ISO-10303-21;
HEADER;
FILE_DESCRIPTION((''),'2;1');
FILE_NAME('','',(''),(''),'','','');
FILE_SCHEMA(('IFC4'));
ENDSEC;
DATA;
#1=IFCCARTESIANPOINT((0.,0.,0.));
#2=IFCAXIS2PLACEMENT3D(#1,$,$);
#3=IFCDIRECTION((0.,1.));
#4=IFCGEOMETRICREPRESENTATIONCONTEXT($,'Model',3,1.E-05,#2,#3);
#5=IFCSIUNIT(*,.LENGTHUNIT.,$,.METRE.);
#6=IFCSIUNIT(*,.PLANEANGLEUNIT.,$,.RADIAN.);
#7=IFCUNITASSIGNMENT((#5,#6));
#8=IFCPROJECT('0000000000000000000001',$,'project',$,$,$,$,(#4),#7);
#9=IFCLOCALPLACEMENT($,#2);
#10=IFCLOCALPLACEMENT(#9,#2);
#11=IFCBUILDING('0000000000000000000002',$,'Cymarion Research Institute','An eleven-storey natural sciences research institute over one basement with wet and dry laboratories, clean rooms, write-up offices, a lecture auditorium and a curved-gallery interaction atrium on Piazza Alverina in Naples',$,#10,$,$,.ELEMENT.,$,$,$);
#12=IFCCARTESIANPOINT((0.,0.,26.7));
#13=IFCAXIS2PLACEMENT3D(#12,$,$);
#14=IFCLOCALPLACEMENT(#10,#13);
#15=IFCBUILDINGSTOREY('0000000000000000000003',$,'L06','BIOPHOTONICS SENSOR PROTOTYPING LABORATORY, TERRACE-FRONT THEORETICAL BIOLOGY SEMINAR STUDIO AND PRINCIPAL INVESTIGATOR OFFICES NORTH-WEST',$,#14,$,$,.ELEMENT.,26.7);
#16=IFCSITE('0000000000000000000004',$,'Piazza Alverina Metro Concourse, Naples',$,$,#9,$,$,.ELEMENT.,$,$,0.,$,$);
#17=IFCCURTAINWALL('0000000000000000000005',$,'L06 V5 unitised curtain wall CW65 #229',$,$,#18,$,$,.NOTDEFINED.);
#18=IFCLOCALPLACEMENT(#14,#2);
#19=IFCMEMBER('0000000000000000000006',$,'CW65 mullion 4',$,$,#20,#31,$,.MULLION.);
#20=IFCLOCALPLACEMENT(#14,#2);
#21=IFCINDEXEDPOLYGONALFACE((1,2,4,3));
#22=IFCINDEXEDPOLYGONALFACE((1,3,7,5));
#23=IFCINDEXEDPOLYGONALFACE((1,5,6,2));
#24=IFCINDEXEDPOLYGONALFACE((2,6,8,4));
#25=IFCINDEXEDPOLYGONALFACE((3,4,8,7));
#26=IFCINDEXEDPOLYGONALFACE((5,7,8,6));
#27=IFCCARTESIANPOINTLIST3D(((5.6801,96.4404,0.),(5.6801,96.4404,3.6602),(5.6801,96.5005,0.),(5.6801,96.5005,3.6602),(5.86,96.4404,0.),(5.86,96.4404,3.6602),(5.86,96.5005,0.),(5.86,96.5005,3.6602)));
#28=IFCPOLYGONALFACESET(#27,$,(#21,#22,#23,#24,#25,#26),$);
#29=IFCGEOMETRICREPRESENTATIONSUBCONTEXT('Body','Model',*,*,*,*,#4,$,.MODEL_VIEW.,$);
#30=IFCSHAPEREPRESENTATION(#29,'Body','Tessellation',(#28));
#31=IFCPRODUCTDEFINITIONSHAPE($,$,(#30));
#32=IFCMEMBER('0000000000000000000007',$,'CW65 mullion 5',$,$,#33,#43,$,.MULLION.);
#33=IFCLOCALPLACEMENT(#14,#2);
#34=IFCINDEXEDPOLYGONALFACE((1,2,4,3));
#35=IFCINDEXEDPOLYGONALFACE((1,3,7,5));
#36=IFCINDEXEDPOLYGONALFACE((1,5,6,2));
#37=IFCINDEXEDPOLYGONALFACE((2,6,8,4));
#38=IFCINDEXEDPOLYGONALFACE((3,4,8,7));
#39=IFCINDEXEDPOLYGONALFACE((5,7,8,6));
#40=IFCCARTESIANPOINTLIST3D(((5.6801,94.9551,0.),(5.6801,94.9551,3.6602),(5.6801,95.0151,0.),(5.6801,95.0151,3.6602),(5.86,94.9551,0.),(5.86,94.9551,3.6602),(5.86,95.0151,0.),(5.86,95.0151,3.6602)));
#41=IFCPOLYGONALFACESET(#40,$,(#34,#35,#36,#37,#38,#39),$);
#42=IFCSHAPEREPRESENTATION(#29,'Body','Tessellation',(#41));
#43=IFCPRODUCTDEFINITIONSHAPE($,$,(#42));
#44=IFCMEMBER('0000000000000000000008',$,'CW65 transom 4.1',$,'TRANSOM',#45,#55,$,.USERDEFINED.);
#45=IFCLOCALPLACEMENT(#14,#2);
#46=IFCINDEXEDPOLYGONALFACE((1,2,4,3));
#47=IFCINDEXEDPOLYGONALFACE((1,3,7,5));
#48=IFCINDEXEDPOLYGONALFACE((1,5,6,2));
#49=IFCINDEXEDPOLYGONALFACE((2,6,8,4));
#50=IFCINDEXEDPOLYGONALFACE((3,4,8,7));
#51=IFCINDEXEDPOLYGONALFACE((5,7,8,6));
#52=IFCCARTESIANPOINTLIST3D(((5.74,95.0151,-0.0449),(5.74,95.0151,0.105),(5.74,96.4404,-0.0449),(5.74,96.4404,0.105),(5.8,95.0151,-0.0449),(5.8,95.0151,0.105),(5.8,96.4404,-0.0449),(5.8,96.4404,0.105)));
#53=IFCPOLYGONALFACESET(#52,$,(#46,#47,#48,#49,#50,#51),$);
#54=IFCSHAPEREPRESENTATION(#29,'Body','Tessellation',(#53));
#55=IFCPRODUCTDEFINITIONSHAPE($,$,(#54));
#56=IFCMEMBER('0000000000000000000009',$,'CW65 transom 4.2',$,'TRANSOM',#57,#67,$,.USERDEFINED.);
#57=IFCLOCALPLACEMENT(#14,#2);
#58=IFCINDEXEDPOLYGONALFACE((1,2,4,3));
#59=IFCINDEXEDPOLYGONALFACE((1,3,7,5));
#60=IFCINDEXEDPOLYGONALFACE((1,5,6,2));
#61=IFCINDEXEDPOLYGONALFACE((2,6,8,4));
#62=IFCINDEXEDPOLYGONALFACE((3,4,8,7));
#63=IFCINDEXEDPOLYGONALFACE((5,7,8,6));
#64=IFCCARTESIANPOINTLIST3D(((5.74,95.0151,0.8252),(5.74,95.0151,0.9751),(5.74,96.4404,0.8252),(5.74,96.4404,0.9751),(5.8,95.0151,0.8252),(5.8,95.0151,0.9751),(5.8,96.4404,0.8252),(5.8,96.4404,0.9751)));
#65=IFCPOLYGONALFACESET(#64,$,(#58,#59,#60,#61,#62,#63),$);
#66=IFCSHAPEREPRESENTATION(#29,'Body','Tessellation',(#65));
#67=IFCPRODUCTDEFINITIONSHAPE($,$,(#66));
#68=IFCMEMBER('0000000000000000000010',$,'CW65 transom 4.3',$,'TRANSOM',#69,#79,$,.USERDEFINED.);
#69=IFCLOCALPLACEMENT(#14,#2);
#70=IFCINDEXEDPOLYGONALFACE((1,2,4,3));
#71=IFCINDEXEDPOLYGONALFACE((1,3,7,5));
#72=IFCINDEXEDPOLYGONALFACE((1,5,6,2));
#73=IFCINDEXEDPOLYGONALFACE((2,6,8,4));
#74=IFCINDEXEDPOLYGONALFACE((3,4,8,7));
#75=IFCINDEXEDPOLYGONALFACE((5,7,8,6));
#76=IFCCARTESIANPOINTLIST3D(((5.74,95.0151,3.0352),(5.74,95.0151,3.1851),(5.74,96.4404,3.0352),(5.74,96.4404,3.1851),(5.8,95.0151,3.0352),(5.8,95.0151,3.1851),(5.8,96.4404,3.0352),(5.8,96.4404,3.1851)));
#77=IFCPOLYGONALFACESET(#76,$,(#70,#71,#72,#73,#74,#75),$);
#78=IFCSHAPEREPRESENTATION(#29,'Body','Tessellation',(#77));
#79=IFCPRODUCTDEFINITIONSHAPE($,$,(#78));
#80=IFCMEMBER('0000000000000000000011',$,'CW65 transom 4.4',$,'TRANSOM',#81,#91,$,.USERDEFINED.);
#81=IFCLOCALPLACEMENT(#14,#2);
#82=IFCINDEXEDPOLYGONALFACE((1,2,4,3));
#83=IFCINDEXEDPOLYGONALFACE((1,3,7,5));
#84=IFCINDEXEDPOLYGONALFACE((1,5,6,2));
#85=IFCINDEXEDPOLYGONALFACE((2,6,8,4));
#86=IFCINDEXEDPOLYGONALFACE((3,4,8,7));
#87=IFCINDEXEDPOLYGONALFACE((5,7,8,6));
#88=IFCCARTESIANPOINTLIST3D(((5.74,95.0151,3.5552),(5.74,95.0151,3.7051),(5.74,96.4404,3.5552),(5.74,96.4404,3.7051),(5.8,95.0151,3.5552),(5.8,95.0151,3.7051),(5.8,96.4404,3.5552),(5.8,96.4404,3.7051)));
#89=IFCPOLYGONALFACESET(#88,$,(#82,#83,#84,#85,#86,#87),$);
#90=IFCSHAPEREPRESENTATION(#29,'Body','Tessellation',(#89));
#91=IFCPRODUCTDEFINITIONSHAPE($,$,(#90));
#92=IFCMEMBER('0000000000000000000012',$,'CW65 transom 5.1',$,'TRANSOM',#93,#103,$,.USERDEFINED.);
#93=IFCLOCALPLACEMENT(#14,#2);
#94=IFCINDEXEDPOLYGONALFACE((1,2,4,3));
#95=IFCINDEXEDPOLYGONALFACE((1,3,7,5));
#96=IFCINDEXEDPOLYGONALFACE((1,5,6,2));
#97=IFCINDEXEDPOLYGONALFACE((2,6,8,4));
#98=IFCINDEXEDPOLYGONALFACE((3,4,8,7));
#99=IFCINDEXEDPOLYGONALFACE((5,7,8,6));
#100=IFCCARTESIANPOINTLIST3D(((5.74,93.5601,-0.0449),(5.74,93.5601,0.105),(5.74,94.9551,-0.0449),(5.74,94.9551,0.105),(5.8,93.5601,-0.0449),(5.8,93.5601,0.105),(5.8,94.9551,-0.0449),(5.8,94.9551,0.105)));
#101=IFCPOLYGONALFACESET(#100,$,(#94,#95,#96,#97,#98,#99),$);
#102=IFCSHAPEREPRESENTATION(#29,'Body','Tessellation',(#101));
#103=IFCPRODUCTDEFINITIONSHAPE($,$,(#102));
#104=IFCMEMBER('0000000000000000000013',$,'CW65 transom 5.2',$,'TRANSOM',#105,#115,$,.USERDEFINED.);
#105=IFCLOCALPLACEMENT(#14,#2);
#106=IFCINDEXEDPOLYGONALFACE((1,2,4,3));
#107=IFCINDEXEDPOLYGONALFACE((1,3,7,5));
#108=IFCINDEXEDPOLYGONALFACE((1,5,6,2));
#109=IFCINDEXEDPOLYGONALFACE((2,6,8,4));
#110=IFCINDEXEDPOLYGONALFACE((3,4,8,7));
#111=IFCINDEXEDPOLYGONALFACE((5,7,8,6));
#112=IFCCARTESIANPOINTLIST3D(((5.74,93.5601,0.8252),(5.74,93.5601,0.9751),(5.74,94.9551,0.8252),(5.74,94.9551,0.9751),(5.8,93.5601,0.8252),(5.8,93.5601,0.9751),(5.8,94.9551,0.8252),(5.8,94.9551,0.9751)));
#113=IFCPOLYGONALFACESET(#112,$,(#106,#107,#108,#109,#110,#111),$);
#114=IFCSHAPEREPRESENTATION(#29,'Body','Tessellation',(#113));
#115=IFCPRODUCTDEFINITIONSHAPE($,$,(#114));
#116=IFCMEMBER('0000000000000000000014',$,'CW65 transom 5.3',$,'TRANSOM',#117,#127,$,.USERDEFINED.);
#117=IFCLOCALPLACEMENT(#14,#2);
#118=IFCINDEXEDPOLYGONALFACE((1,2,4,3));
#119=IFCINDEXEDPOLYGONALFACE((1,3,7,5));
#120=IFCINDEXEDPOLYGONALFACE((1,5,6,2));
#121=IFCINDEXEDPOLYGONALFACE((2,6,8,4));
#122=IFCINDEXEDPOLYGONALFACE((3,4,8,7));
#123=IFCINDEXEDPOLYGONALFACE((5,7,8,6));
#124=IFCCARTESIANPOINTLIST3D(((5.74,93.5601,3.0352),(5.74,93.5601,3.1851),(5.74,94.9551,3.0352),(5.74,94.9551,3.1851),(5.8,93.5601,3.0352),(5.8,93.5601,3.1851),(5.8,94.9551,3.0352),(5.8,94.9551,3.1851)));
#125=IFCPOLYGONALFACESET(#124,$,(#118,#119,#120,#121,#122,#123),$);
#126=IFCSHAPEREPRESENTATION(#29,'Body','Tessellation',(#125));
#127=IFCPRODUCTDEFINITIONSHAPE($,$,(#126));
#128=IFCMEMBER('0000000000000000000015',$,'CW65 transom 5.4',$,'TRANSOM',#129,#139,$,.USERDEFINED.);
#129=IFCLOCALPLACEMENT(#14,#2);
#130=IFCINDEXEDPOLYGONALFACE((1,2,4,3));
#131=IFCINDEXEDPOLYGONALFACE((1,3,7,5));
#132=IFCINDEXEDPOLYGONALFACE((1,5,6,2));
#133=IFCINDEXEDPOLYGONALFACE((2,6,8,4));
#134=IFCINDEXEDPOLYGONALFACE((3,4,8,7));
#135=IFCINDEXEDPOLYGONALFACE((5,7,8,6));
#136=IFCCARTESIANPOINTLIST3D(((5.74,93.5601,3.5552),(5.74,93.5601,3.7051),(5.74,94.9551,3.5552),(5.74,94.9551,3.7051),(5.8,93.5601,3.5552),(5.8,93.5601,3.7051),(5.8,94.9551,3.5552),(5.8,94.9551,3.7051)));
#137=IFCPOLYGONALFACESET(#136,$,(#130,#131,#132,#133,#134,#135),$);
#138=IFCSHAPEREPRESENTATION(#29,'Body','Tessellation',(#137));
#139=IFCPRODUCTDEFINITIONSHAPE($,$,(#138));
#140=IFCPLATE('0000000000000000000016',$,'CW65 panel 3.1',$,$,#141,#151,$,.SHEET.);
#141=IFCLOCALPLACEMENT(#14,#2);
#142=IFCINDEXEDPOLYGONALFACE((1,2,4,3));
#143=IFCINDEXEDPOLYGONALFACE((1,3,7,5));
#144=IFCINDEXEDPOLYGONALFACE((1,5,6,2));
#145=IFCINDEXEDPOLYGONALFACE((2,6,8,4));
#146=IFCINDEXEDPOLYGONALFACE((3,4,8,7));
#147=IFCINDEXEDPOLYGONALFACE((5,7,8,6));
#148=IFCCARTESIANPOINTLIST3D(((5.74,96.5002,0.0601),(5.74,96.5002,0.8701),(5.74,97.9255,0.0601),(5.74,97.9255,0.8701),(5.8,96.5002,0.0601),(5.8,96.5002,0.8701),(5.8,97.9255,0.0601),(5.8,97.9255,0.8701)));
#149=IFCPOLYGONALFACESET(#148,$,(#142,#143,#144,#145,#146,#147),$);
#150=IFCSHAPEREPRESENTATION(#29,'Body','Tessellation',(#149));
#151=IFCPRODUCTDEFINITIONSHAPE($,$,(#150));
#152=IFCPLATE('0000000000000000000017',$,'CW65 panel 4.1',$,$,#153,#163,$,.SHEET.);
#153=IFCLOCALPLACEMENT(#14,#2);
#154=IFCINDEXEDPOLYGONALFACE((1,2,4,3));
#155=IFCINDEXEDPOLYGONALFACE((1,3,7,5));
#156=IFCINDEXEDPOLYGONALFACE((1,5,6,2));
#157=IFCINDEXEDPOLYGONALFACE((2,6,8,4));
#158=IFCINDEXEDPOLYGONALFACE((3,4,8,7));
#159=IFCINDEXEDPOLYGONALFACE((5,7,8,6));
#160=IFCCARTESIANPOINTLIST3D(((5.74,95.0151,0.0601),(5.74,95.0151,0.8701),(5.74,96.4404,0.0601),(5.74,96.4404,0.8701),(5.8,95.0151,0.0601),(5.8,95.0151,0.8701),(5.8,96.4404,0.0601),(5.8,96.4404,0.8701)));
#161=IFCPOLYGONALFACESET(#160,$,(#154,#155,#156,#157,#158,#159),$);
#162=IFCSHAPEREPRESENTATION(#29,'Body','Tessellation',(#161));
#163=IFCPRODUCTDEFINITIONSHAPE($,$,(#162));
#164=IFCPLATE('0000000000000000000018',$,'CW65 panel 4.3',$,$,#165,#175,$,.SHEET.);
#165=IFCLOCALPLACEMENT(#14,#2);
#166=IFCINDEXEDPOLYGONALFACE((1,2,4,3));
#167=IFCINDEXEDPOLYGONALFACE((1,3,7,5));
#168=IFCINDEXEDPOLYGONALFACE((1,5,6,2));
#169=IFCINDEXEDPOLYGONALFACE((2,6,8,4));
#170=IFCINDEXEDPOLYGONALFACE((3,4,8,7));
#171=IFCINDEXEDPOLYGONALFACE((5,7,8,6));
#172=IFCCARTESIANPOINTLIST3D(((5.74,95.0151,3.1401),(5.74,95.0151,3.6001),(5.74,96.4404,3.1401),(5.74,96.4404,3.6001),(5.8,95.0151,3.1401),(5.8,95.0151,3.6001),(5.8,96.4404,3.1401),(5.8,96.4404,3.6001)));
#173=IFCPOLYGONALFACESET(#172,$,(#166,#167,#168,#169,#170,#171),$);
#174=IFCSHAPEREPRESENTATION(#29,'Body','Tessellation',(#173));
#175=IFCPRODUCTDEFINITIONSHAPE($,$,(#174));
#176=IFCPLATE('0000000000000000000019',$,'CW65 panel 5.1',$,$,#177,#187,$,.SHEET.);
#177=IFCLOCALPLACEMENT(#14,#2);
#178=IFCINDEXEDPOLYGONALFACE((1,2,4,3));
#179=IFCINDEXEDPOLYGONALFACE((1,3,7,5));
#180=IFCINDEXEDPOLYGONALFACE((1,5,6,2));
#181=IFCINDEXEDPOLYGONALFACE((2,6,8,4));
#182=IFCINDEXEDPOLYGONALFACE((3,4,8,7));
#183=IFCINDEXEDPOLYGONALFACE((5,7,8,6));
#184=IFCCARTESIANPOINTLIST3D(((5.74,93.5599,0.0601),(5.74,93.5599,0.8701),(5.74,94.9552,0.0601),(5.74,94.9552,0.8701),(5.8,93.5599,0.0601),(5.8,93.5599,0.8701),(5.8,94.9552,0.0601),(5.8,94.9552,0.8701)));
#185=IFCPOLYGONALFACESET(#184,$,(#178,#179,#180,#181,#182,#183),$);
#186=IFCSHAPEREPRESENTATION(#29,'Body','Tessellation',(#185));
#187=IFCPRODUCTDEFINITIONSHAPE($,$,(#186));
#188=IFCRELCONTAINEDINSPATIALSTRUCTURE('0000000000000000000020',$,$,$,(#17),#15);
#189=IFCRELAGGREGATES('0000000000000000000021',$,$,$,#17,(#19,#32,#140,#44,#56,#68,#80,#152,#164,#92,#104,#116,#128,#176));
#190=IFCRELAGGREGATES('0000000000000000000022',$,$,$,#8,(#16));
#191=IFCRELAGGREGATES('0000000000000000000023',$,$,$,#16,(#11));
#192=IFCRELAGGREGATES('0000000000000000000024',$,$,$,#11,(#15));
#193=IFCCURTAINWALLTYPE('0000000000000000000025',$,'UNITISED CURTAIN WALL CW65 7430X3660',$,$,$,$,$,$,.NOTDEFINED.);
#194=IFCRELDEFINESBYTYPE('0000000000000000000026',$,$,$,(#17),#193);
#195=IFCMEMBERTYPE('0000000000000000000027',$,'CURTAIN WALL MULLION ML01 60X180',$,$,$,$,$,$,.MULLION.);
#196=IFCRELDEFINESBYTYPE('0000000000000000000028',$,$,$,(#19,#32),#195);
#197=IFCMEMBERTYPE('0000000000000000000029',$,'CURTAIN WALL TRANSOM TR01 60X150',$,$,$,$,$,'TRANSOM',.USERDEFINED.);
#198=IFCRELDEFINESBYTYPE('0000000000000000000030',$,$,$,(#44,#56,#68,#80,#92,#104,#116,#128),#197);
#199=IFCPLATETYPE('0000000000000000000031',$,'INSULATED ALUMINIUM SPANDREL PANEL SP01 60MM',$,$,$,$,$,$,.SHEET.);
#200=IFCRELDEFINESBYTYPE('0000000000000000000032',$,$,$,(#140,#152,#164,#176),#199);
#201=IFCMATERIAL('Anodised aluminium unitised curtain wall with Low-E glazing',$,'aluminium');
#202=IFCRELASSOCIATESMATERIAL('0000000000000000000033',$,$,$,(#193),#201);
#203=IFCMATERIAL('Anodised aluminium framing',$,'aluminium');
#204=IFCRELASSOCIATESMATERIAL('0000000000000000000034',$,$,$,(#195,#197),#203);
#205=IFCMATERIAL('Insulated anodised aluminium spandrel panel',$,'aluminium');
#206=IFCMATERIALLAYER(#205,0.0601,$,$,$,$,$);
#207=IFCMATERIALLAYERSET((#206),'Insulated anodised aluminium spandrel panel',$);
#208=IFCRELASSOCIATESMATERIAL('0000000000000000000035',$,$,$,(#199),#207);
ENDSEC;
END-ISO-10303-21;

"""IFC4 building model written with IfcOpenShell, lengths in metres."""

from ifc_helpers import new_model, si_unit, direction, frame, origin, origin_2d, place, context, subcontext, project, spatial, rectangle, extrude, material, layer, layer_set, material_profile, profile_set, type_object, element, aggregate, save


model = new_model("IFC4")

# Units and contexts
model_context = context("Model", 3, precision=1e-05, world=origin(), true_north=direction((0.0, 1.0)))
body_context = subcontext(model_context, "Body", "Model", "MODEL_VIEW")
ifc_project = project(units=[si_unit("LENGTHUNIT", "METRE"), si_unit("PLANEANGLEUNIT", "RADIAN")], contexts=[model_context])

# Site, building, storey
site_placement = place(None, origin())
site = spatial("IfcSite", under=ifc_project, at=site_placement, Name="Piazza Alverina Metro Concourse, Naples", CompositionType="ELEMENT", RefElevation=0.0)
building_placement = place(site_placement, origin())
building = spatial("IfcBuilding", under=site, at=building_placement, Name="Cymarion Research Institute", Description="An eleven-storey natural sciences research institute over one basement with wet and dry laboratories, clean rooms, write-up offices, a lecture auditorium and a curved-gallery interaction atrium on Piazza Alverina in Naples", CompositionType="ELEMENT")
storey_placement = place(building_placement, frame((0.0, 0.0, 26.7)))
storey = spatial("IfcBuildingStorey", under=building, at=storey_placement, Name="L06", Description="BIOPHOTONICS SENSOR PROTOTYPING LABORATORY, TERRACE-FRONT THEORETICAL BIOLOGY SEMINAR STUDIO AND PRINCIPAL INVESTIGATOR OFFICES NORTH-WEST", CompositionType="ELEMENT", Elevation=26.7)

# Curtain wall, members, plates
ifc_material_1 = material(Name="Anodised aluminium unitised curtain wall with Low-E glazing", Category="aluminium")
curtain_wall_type = type_object("IfcCurtainWallType", Name="UNITISED CURTAIN WALL CW65 7430X3660", PredefinedType="NOTDEFINED", material=ifc_material_1)
curtain_wall_placement = place(storey_placement, origin())
curtain_wall = element("IfcCurtainWall", 1, at=curtain_wall_placement, inside=storey, type_object=curtain_wall_type, Name="L06 V5 unitised curtain wall CW65 #229", PredefinedType="NOTDEFINED")
ifc_material_2 = material(Name="Anodised aluminium framing", Category="aluminium")
ifc_material_profile_1 = material_profile(ifc_material_2, rectangle(XDim=0.0601, YDim=0.1799, at=origin_2d()), Name="ALU MULLION 60x180")
ifc_profile_set_1 = profile_set([ifc_material_profile_1], Name="Anodised aluminium framing")
member_type_1 = type_object("IfcMemberType", Name="CURTAIN WALL MULLION ML01 60X180", PredefinedType="MULLION", material=ifc_profile_set_1)
member_1_placement = place(storey_placement, frame((5.77, 96.4705, 0.0), z_axis=(0.0, 0.0, 1.0), x_axis=(0.0, -1.0, 0.0)))
member_1 = element("IfcMember", 2, at=member_1_placement, type_object=member_type_1, Name="CW65 mullion 4", PredefinedType="MULLION", context=body_context, shape_type="SweptSolid", body=[
    extrude(rectangle(XDim=0.0601, YDim=0.1799, at=origin_2d()), origin(), (0.0, 0.0, 1.0), 3.6602),
])
member_2_placement = place(storey_placement, frame((5.77, 94.9851, 0.0), z_axis=(0.0, 0.0, 1.0), x_axis=(0.0, -1.0, 0.0)))
member_2 = element("IfcMember", 3, at=member_2_placement, type_object=member_type_1, Name="CW65 mullion 5", PredefinedType="MULLION", context=body_context, shape_type="SweptSolid", body=[
    extrude(rectangle(XDim=0.0601, YDim=0.1799, at=origin_2d()), origin(), (0.0, 0.0, 1.0), 3.6602),
])
ifc_material_profile_2 = material_profile(ifc_material_2, rectangle(XDim=0.0601, YDim=0.1499, at=origin_2d()), Name="ALU TRANSOM 60x150")
ifc_profile_set_2 = profile_set([ifc_material_profile_2], Name="Anodised aluminium framing")
member_type_2 = type_object("IfcMemberType", Name="CURTAIN WALL TRANSOM TR01 60X150", ElementType="TRANSOM", PredefinedType="USERDEFINED", material=ifc_profile_set_2)
member_3_placement = place(storey_placement, frame((5.77, 96.4404, 0.03), z_axis=(0.0, -1.0, 0.0), x_axis=(1.0, 0.0, 0.0)))
member_3 = element("IfcMember", 4, at=member_3_placement, type_object=member_type_2, Name="CW65 transom 4.1", ObjectType="TRANSOM", PredefinedType="USERDEFINED", context=body_context, shape_type="SweptSolid", body=[
    extrude(rectangle(XDim=0.0601, YDim=0.1499, at=origin_2d()), origin(), (0.0, 0.0, 1.0), 1.4253),
])
member_4_placement = place(storey_placement, frame((5.77, 96.4404, 0.9001), z_axis=(0.0, -1.0, 0.0), x_axis=(1.0, 0.0, 0.0)))
member_4 = element("IfcMember", 5, at=member_4_placement, type_object=member_type_2, Name="CW65 transom 4.2", ObjectType="TRANSOM", PredefinedType="USERDEFINED", context=body_context, shape_type="SweptSolid", body=[
    extrude(rectangle(XDim=0.0601, YDim=0.1499, at=origin_2d()), origin(), (0.0, 0.0, 1.0), 1.4253),
])
member_5_placement = place(storey_placement, frame((5.77, 96.4404, 3.1101), z_axis=(0.0, -1.0, 0.0), x_axis=(1.0, 0.0, 0.0)))
member_5 = element("IfcMember", 6, at=member_5_placement, type_object=member_type_2, Name="CW65 transom 4.3", ObjectType="TRANSOM", PredefinedType="USERDEFINED", context=body_context, shape_type="SweptSolid", body=[
    extrude(rectangle(XDim=0.0601, YDim=0.1499, at=origin_2d()), origin(), (0.0, 0.0, 1.0), 1.4253),
])
member_6_placement = place(storey_placement, frame((5.77, 96.4404, 3.6301), z_axis=(0.0, -1.0, 0.0), x_axis=(1.0, 0.0, 0.0)))
member_6 = element("IfcMember", 7, at=member_6_placement, type_object=member_type_2, Name="CW65 transom 4.4", ObjectType="TRANSOM", PredefinedType="USERDEFINED", context=body_context, shape_type="SweptSolid", body=[
    extrude(rectangle(XDim=0.0601, YDim=0.1499, at=origin_2d()), origin(), (0.0, 0.0, 1.0), 1.4253),
])
member_7_placement = place(storey_placement, frame((5.77, 94.9551, 0.03), z_axis=(0.0, -1.0, 0.0), x_axis=(1.0, 0.0, 0.0)))
member_7 = element("IfcMember", 8, at=member_7_placement, type_object=member_type_2, Name="CW65 transom 5.1", ObjectType="TRANSOM", PredefinedType="USERDEFINED", context=body_context, shape_type="SweptSolid", body=[
    extrude(rectangle(XDim=0.0601, YDim=0.1499, at=origin_2d()), origin(), (0.0, 0.0, 1.0), 1.395),
])
member_8_placement = place(storey_placement, frame((5.77, 94.9551, 0.9001), z_axis=(0.0, -1.0, 0.0), x_axis=(1.0, 0.0, 0.0)))
member_8 = element("IfcMember", 9, at=member_8_placement, type_object=member_type_2, Name="CW65 transom 5.2", ObjectType="TRANSOM", PredefinedType="USERDEFINED", context=body_context, shape_type="SweptSolid", body=[
    extrude(rectangle(XDim=0.0601, YDim=0.1499, at=origin_2d()), origin(), (0.0, 0.0, 1.0), 1.395),
])
member_9_placement = place(storey_placement, frame((5.77, 94.9551, 3.1101), z_axis=(0.0, -1.0, 0.0), x_axis=(1.0, 0.0, 0.0)))
member_9 = element("IfcMember", 10, at=member_9_placement, type_object=member_type_2, Name="CW65 transom 5.3", ObjectType="TRANSOM", PredefinedType="USERDEFINED", context=body_context, shape_type="SweptSolid", body=[
    extrude(rectangle(XDim=0.0601, YDim=0.1499, at=origin_2d()), origin(), (0.0, 0.0, 1.0), 1.395),
])
member_10_placement = place(storey_placement, frame((5.77, 94.9551, 3.6301), z_axis=(0.0, -1.0, 0.0), x_axis=(1.0, 0.0, 0.0)))
member_10 = element("IfcMember", 11, at=member_10_placement, type_object=member_type_2, Name="CW65 transom 5.4", ObjectType="TRANSOM", PredefinedType="USERDEFINED", context=body_context, shape_type="SweptSolid", body=[
    extrude(rectangle(XDim=0.0601, YDim=0.1499, at=origin_2d()), origin(), (0.0, 0.0, 1.0), 1.395),
])
ifc_material_3 = material(Name="Insulated anodised aluminium spandrel panel", Category="aluminium")
ifc_layer_1 = layer(ifc_material_3, 0.0601)
ifc_layer_set_1 = layer_set([ifc_layer_1], Name="Insulated anodised aluminium spandrel panel")
plate_type_1 = type_object("IfcPlateType", Name="INSULATED ALUMINIUM SPANDREL PANEL SP01 60MM", PredefinedType="SHEET", material=ifc_layer_set_1)
plate_1_placement = place(storey_placement, frame((5.77, 97.2129, 0.0601), z_axis=(0.0, 0.0, 1.0), x_axis=(0.0, -1.0, 0.0)))
plate_1 = element("IfcPlate", 12, at=plate_1_placement, type_object=plate_type_1, Name="CW65 panel 3.1", PredefinedType="SHEET", context=body_context, shape_type="SweptSolid", body=[
    extrude(rectangle(XDim=1.4253, YDim=0.0601, at=origin_2d()), origin(), (0.0, 0.0, 1.0), 0.8101),
])
plate_2_placement = place(storey_placement, frame((5.77, 95.7278, 0.0601), z_axis=(0.0, 0.0, 1.0), x_axis=(0.0, -1.0, 0.0)))
plate_2 = element("IfcPlate", 13, at=plate_2_placement, type_object=plate_type_1, Name="CW65 panel 4.1", PredefinedType="SHEET", context=body_context, shape_type="SweptSolid", body=[
    extrude(rectangle(XDim=1.4253, YDim=0.0601, at=origin_2d()), origin(), (0.0, 0.0, 1.0), 0.8101),
])
plate_3_placement = place(storey_placement, frame((5.77, 95.7278, 3.1401), z_axis=(0.0, 0.0, 1.0), x_axis=(0.0, -1.0, 0.0)))
plate_3 = element("IfcPlate", 14, at=plate_3_placement, type_object=plate_type_1, Name="CW65 panel 4.3", PredefinedType="SHEET", context=body_context, shape_type="SweptSolid", body=[
    extrude(rectangle(XDim=1.4253, YDim=0.0601, at=origin_2d()), origin(), (0.0, 0.0, 1.0), 0.46),
])
plate_4_placement = place(storey_placement, frame((5.77, 94.2576, 0.0601), z_axis=(0.0, 0.0, 1.0), x_axis=(0.0, -1.0, 0.0)))
plate_4 = element("IfcPlate", 15, at=plate_4_placement, type_object=plate_type_1, Name="CW65 panel 5.1", PredefinedType="SHEET", context=body_context, shape_type="SweptSolid", body=[
    extrude(rectangle(XDim=1.3953, YDim=0.0601, at=origin_2d()), origin(), (0.0, 0.0, 1.0), 0.8101),
])
aggregate(curtain_wall, [member_1, member_2, plate_1, member_3, member_4, member_5, member_6, plate_2, plate_3, member_7, member_8, member_9, member_10, plate_4])

save(model, "model.ifc")
